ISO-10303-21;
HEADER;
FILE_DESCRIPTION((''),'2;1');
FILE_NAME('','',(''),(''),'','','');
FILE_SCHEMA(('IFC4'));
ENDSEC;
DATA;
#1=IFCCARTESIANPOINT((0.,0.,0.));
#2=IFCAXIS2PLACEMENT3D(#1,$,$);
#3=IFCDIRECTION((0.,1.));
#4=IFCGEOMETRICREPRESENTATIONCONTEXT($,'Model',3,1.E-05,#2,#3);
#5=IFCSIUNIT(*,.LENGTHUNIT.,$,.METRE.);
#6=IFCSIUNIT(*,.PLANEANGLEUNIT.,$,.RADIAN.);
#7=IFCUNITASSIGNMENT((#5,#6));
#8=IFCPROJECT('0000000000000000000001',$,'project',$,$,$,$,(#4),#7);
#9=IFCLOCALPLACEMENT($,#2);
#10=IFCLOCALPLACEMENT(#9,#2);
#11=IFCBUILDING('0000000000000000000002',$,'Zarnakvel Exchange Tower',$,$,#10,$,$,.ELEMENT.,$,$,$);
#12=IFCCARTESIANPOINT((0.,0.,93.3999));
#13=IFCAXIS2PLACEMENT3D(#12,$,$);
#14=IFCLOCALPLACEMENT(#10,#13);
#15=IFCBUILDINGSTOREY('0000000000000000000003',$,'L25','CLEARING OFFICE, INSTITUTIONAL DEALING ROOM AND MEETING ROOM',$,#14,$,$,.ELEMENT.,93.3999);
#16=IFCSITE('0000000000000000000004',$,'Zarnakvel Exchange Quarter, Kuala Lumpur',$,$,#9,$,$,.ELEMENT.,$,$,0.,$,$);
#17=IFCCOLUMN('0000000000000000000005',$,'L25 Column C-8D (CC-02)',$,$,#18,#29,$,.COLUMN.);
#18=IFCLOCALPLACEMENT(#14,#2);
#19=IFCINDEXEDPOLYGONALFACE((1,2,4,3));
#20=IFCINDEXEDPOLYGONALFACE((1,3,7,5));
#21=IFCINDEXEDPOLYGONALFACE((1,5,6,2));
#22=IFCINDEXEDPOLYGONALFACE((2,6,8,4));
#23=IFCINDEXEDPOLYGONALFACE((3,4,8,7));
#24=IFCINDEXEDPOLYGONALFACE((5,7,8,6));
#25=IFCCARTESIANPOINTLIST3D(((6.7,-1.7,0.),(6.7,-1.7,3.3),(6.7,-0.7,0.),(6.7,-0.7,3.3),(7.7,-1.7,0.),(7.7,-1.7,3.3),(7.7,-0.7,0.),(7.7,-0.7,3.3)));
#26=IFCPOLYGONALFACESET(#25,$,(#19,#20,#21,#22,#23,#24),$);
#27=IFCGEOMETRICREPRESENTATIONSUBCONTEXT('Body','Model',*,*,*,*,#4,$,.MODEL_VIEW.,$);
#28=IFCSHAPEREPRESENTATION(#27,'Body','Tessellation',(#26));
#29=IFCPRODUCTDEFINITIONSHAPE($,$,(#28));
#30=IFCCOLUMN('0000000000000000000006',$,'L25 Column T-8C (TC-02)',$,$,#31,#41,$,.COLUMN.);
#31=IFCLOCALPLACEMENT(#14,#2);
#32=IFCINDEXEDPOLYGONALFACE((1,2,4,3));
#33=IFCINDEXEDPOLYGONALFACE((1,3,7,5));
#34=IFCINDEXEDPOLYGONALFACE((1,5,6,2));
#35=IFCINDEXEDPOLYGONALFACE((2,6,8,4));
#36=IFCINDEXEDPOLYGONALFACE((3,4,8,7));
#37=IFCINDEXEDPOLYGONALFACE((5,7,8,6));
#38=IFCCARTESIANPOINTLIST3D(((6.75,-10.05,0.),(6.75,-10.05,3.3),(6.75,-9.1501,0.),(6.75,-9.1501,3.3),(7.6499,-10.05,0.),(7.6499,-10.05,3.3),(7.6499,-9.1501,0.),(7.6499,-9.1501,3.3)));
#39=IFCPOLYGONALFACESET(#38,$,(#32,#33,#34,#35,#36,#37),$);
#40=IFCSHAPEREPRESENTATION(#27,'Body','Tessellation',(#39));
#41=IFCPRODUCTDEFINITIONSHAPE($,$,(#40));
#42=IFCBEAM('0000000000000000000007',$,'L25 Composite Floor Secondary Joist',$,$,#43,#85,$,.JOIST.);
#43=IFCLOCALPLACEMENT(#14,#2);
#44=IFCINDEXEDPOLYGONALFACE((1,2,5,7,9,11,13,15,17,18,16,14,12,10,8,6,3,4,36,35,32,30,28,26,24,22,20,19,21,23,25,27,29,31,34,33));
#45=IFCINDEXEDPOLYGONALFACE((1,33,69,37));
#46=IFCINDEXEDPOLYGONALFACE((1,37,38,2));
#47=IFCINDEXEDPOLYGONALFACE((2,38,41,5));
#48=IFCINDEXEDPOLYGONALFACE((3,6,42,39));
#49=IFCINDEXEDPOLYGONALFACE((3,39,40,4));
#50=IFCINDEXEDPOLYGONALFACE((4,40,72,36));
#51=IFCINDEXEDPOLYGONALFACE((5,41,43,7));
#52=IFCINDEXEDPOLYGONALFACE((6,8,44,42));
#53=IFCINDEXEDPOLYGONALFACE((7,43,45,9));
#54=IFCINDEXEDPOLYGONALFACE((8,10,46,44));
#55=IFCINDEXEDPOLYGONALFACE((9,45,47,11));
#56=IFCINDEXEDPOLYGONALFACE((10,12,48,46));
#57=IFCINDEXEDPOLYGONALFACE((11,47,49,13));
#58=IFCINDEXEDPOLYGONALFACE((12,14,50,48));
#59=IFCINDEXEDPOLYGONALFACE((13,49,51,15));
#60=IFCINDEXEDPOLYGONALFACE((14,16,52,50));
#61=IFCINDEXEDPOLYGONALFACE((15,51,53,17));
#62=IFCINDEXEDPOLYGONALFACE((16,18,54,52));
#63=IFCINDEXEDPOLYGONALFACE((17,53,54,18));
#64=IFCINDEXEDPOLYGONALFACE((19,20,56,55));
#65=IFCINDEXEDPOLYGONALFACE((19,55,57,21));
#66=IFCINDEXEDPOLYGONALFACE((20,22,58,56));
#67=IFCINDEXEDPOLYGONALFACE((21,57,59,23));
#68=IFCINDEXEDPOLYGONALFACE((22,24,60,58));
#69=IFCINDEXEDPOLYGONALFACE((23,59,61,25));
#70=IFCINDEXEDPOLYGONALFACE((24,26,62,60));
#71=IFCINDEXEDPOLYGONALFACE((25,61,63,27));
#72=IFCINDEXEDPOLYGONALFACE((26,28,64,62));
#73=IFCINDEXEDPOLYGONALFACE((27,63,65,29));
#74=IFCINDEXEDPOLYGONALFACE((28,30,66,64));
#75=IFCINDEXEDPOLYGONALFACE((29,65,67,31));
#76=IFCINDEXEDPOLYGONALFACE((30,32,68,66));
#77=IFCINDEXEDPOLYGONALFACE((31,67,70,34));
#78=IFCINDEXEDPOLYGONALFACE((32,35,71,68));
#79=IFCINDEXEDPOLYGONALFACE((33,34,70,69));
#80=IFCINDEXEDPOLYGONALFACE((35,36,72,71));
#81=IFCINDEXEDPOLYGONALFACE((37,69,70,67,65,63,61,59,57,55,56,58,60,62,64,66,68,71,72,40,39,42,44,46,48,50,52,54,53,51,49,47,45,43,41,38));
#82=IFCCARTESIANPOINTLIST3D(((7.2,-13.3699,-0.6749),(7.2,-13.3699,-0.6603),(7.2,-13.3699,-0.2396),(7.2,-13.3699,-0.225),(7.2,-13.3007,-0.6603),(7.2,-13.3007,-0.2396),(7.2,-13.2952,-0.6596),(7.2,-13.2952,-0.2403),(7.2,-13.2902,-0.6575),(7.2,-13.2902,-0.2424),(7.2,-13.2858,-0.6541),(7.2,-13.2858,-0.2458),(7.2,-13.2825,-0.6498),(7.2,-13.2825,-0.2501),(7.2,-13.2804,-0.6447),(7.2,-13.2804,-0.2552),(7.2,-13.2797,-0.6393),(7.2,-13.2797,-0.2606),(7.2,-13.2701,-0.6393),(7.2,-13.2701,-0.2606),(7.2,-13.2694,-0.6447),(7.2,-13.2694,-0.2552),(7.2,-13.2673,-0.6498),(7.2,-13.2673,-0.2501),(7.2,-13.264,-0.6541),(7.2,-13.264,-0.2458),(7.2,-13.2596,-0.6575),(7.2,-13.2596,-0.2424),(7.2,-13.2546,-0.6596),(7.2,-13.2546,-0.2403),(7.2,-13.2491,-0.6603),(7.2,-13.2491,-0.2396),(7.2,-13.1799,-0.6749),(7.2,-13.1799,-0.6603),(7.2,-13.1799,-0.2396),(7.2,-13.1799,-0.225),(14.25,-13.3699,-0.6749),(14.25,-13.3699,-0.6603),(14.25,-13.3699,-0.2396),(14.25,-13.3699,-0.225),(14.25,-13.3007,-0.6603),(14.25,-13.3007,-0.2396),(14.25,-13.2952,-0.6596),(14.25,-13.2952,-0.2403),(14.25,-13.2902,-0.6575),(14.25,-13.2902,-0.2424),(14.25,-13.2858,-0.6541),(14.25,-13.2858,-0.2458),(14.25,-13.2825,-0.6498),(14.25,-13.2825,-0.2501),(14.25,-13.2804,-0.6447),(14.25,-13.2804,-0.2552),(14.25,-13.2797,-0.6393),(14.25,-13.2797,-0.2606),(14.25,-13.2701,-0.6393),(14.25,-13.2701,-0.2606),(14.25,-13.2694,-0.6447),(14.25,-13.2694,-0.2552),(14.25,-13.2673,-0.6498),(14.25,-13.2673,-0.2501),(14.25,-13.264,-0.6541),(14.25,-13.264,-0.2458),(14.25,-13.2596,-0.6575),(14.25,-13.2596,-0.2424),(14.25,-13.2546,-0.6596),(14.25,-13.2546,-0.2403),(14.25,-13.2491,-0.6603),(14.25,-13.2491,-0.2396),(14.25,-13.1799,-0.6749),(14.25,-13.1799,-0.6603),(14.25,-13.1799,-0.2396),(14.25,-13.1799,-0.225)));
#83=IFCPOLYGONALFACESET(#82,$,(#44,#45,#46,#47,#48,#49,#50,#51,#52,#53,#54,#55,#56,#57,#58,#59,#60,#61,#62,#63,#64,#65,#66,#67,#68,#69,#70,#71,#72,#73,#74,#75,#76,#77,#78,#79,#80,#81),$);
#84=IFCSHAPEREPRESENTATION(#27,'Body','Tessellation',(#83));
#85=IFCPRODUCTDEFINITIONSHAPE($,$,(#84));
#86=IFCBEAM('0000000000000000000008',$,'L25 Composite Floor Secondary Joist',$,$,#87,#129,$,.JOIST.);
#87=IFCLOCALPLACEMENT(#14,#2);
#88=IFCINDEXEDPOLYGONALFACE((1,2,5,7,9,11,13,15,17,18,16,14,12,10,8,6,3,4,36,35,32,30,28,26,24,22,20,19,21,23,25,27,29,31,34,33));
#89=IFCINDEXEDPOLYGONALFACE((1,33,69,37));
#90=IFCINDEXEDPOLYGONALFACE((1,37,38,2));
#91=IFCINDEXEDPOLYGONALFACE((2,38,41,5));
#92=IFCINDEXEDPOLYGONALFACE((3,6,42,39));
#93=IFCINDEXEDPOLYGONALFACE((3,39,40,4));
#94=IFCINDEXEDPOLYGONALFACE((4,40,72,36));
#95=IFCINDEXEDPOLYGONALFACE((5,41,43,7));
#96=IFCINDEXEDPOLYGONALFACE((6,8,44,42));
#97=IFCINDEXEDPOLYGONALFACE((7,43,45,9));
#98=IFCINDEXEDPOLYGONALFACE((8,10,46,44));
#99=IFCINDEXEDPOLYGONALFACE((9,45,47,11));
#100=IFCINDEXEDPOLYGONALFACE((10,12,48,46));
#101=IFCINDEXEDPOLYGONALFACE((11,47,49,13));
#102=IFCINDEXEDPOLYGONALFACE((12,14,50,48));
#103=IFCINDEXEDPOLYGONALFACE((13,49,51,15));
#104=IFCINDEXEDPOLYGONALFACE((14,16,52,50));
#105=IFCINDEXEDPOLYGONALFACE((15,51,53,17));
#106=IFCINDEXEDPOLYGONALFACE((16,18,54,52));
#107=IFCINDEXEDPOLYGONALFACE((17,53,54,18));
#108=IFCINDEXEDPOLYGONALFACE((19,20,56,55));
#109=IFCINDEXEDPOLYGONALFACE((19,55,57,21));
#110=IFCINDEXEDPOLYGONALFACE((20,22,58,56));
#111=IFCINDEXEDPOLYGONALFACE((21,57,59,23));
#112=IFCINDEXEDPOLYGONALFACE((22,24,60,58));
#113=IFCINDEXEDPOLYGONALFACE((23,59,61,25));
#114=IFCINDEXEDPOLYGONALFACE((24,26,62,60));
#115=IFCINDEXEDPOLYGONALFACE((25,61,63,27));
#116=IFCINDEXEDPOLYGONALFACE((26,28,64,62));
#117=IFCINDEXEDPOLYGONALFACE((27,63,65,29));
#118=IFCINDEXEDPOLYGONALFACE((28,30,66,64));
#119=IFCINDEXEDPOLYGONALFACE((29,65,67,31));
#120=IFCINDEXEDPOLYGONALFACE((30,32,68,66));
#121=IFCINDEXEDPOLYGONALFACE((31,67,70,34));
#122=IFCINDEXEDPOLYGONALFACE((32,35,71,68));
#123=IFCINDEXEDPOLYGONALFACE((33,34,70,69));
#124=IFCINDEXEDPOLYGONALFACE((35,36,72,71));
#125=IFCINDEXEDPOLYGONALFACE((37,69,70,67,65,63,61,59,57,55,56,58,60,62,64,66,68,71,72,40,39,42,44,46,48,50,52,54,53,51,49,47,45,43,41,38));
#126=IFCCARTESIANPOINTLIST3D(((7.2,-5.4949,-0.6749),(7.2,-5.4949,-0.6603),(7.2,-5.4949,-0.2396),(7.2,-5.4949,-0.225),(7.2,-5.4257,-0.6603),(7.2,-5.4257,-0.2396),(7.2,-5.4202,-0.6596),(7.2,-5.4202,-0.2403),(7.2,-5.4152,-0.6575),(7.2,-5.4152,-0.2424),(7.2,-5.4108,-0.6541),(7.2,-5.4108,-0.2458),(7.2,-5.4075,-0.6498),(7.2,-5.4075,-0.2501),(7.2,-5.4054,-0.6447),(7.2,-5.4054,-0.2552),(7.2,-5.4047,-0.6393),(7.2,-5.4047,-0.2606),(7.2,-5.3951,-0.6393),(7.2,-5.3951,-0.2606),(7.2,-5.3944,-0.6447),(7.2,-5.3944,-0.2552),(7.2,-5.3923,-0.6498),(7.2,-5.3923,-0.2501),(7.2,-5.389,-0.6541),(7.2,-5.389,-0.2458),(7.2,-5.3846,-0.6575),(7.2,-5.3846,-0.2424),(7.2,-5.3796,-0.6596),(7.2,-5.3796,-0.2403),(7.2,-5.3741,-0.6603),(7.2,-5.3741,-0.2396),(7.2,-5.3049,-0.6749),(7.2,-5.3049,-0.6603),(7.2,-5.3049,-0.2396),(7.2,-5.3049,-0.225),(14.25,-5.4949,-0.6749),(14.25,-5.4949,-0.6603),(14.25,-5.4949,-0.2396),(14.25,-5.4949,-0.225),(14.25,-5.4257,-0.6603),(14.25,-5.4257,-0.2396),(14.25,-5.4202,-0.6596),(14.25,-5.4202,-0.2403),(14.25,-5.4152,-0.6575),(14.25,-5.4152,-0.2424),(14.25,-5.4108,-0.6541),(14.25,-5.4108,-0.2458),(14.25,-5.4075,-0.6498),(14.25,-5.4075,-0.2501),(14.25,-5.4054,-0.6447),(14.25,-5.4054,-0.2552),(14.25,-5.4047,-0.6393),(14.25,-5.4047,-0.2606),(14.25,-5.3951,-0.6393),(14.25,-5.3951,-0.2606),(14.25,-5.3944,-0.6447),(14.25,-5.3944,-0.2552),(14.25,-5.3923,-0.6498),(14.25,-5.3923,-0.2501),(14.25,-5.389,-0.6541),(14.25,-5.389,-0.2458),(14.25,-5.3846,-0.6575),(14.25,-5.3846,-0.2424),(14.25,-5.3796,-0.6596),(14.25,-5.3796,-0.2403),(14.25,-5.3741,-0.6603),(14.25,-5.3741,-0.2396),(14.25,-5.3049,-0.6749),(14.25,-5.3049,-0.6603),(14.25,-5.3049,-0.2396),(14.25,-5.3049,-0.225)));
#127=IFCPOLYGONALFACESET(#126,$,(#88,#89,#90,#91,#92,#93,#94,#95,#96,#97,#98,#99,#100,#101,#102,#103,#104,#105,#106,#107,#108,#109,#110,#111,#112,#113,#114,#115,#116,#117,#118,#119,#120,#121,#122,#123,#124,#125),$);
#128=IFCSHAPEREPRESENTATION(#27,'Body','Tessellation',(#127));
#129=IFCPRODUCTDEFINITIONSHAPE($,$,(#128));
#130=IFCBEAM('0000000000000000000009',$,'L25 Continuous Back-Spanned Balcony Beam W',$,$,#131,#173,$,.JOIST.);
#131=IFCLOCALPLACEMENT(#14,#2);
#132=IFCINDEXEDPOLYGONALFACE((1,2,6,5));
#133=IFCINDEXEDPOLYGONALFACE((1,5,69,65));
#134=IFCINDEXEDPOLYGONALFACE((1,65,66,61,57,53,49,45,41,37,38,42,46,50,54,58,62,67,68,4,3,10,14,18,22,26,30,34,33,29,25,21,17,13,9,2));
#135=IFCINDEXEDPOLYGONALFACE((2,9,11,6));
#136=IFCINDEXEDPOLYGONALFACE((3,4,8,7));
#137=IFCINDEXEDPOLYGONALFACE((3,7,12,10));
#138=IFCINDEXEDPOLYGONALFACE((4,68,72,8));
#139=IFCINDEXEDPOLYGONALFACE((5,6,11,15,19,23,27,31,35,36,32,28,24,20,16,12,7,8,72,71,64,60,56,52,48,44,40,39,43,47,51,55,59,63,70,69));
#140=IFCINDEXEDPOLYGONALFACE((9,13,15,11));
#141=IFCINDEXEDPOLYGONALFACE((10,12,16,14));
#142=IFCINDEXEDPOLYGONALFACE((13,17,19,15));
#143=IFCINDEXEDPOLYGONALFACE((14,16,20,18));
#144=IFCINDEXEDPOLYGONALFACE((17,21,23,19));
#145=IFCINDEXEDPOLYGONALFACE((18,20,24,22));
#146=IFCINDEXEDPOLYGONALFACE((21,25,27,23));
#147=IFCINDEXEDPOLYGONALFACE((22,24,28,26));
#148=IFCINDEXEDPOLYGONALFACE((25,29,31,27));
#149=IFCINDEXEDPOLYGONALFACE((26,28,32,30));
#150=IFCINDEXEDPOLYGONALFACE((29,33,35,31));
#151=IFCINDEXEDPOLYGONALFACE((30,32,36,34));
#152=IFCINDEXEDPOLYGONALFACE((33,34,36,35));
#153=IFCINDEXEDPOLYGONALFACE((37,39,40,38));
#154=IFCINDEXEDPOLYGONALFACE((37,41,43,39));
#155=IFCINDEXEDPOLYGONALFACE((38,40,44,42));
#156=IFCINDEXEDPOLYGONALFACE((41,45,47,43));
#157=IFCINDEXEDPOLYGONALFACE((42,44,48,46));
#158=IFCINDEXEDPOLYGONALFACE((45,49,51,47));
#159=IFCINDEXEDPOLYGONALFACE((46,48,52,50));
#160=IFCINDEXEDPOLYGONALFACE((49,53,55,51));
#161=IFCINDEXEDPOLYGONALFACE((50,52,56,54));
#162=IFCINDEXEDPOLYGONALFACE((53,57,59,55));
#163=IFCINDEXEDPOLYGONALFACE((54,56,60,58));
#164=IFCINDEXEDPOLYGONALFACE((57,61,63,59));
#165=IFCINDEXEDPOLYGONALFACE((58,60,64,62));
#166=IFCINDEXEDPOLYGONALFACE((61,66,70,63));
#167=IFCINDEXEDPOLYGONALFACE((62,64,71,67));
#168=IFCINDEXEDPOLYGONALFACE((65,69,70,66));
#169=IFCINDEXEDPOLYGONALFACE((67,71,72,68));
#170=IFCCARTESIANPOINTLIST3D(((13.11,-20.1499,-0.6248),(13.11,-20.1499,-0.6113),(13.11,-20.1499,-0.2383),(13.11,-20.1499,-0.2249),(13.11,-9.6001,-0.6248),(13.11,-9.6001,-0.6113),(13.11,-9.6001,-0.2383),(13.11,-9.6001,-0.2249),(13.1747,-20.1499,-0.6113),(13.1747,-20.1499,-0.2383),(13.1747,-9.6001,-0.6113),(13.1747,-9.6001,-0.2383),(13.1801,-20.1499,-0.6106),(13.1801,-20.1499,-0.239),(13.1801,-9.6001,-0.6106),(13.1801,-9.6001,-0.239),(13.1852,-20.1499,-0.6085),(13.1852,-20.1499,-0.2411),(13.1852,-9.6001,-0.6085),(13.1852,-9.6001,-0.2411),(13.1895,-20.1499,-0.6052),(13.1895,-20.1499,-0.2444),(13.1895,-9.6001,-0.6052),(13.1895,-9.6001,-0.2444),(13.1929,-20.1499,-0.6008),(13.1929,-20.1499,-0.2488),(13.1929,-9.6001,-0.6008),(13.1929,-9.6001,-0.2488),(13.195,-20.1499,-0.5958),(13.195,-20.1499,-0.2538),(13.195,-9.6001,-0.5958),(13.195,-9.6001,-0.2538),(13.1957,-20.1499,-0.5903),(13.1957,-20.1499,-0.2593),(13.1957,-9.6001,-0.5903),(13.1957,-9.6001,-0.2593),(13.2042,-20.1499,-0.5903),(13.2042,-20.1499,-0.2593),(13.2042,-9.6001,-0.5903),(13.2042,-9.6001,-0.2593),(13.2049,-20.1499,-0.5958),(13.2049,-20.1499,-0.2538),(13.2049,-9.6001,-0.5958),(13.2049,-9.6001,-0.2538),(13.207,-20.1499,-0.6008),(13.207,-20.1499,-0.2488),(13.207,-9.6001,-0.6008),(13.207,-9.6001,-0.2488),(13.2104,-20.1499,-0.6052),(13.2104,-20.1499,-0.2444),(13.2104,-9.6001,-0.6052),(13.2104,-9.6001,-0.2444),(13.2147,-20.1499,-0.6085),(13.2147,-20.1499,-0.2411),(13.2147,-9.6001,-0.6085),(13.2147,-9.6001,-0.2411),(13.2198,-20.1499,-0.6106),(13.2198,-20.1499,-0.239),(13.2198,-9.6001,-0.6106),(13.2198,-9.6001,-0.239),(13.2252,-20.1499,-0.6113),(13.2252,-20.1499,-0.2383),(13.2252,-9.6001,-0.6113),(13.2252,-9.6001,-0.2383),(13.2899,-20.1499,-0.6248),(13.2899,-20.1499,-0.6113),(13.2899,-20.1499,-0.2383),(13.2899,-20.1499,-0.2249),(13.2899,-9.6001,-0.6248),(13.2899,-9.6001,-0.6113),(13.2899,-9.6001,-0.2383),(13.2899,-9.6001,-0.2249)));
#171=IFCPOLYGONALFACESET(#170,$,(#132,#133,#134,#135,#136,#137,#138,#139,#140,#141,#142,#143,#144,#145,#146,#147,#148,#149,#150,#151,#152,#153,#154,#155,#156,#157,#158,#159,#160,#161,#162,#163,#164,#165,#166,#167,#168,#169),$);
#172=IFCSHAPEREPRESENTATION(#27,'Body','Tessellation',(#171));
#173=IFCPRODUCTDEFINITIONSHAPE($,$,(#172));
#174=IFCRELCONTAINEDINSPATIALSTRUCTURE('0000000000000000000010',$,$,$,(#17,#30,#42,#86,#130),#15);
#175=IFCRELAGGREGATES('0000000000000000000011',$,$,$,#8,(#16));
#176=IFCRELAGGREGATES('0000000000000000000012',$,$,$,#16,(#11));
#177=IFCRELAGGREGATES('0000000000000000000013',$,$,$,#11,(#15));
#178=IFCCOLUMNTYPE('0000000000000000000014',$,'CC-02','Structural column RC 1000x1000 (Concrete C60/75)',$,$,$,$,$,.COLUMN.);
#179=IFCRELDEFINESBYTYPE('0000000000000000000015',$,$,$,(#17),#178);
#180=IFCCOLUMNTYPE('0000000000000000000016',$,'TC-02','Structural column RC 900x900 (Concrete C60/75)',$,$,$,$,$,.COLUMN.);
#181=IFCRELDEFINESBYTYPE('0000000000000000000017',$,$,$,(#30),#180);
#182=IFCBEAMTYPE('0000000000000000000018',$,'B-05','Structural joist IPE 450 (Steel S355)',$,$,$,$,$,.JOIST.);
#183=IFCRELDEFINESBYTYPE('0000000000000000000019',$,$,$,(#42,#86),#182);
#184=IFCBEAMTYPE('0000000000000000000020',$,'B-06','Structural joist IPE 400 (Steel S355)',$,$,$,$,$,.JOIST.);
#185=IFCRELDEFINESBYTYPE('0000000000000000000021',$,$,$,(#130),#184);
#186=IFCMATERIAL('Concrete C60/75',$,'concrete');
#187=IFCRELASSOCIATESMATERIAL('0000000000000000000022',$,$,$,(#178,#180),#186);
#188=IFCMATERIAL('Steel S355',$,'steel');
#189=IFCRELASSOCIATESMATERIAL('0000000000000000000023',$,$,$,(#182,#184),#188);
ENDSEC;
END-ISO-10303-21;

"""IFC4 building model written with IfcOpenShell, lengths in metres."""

from ifc_helpers import new_model, si_unit, direction, frame, origin, origin_2d, place, context, subcontext, project, spatial, rectangle, i_section, extrude, material, material_profile, profile_set, type_object, element, save


model = new_model("IFC4")

# Units and contexts
model_context = context("Model", 3, precision=1e-05, world=origin(), true_north=direction((0.0, 1.0)))
body_context = subcontext(model_context, "Body", "Model", "MODEL_VIEW")
ifc_project = project(units=[si_unit("LENGTHUNIT", "METRE"), si_unit("PLANEANGLEUNIT", "RADIAN")], contexts=[model_context])

# Site, building, storey
site_placement = place(None, origin())
site = spatial("IfcSite", under=ifc_project, at=site_placement, Name="Zarnakvel Exchange Quarter, Kuala Lumpur", CompositionType="ELEMENT", RefElevation=0.0)
building_placement = place(site_placement, origin())
building = spatial("IfcBuilding", under=site, at=building_placement, Name="Zarnakvel Exchange Tower", CompositionType="ELEMENT")
storey_placement = place(building_placement, frame((0.0, 0.0, 93.3999)))
storey = spatial("IfcBuildingStorey", under=building, at=storey_placement, Name="L25", Description="CLEARING OFFICE, INSTITUTIONAL DEALING ROOM AND MEETING ROOM", CompositionType="ELEMENT", Elevation=93.3999)

# Columns
ifc_material_1 = material(Name="Concrete C60/75", Category="concrete")
ifc_material_profile_1 = material_profile(ifc_material_1, rectangle(XDim=1.0, YDim=1.0, at=origin_2d()))
ifc_profile_set_1 = profile_set([ifc_material_profile_1], Name="Concrete C60/75")
column_type_1 = type_object("IfcColumnType", Name="CC-02", Description="Structural column RC 1000x1000 (Concrete C60/75)", PredefinedType="COLUMN", material=ifc_profile_set_1)
column_1_placement = place(storey_placement, frame((7.2, -1.2, 0.0), z_axis=(0.0, 0.0, 1.0), x_axis=(1.0, 0.0, 0.0)))
element("IfcColumn", 1, at=column_1_placement, inside=storey, type_object=column_type_1, Name="L25 Column C-8D (CC-02)", PredefinedType="COLUMN", context=body_context, shape_type="SweptSolid", body=[
    extrude(rectangle(XDim=1.0, YDim=1.0, at=origin_2d()), origin(), (0.0, 0.0, 1.0), 3.3),
])
ifc_material_profile_2 = material_profile(ifc_material_1, rectangle(XDim=0.8999, YDim=0.8999, at=origin_2d()))
ifc_profile_set_2 = profile_set([ifc_material_profile_2], Name="Concrete C60/75")
column_type_2 = type_object("IfcColumnType", Name="TC-02", Description="Structural column RC 900x900 (Concrete C60/75)", PredefinedType="COLUMN", material=ifc_profile_set_2)
column_2_placement = place(storey_placement, frame((7.2, -9.6001, 0.0), z_axis=(0.0, 0.0, 1.0), x_axis=(1.0, 0.0, 0.0)))
element("IfcColumn", 2, at=column_2_placement, inside=storey, type_object=column_type_2, Name="L25 Column T-8C (TC-02)", PredefinedType="COLUMN", context=body_context, shape_type="SweptSolid", body=[
    extrude(rectangle(XDim=0.8999, YDim=0.8999, at=origin_2d()), origin(), (0.0, 0.0, 1.0), 3.3),
])

# Beams
ifc_material_2 = material(Name="Steel S355", Category="steel")
ifc_material_profile_3 = material_profile(ifc_material_2, i_section(OverallWidth=0.1899, OverallDepth=0.45, WebThickness=0.0095, FlangeThickness=0.0146, FilletRadius=0.021, at=origin_2d()))
ifc_profile_set_3 = profile_set([ifc_material_profile_3], Name="Steel S355")
beam_type_1 = type_object("IfcBeamType", Name="B-05", Description="Structural joist IPE 450 (Steel S355)", PredefinedType="JOIST", material=ifc_profile_set_3)
for number, where, z_axis, x_axis, name in (
    (3, (7.2, -13.2749, -0.45), (1.0, 0.0, 0.0), (0.0, 1.0, 0.0), "L25 Composite Floor Secondary Joist"),
    (4, (7.2, -5.3999, -0.45), (1.0, 0.0, 0.0), (0.0, 1.0, 0.0), "L25 Composite Floor Secondary Joist"),
):
    element("IfcBeam", number, at=place(storey_placement, frame(where, z_axis=z_axis, x_axis=x_axis)), inside=storey, type_object=beam_type_1, Name=name, PredefinedType="JOIST", context=body_context, shape_type="SweptSolid", body=[
        extrude(i_section(OverallWidth=0.1899, OverallDepth=0.45, WebThickness=0.0095, FlangeThickness=0.0146, FilletRadius=0.021, at=origin_2d()), origin(), (0.0, 0.0, 1.0), 7.05),
    ])
ifc_material_profile_4 = material_profile(ifc_material_2, i_section(OverallWidth=0.1799, OverallDepth=0.3999, WebThickness=0.0085, FlangeThickness=0.0134, FilletRadius=0.021, at=origin_2d()))
ifc_profile_set_4 = profile_set([ifc_material_profile_4], Name="Steel S355")
beam_type_2 = type_object("IfcBeamType", Name="B-06", Description="Structural joist IPE 400 (Steel S355)", PredefinedType="JOIST", material=ifc_profile_set_4)
beam_1_placement = place(storey_placement, frame((13.2, -9.6001, -0.4248), z_axis=(0.0, -1.0, 0.0), x_axis=(1.0, 0.0, 0.0)))
element("IfcBeam", 5, at=beam_1_placement, inside=storey, type_object=beam_type_2, Name="L25 Continuous Back-Spanned Balcony Beam W", PredefinedType="JOIST", context=body_context, shape_type="SweptSolid", body=[
    extrude(i_section(OverallWidth=0.1799, OverallDepth=0.3999, WebThickness=0.0085, FlangeThickness=0.0134, FilletRadius=0.021, at=origin_2d()), origin(), (0.0, 0.0, 1.0), 10.5498),
])

save(model, "model.ifc")
